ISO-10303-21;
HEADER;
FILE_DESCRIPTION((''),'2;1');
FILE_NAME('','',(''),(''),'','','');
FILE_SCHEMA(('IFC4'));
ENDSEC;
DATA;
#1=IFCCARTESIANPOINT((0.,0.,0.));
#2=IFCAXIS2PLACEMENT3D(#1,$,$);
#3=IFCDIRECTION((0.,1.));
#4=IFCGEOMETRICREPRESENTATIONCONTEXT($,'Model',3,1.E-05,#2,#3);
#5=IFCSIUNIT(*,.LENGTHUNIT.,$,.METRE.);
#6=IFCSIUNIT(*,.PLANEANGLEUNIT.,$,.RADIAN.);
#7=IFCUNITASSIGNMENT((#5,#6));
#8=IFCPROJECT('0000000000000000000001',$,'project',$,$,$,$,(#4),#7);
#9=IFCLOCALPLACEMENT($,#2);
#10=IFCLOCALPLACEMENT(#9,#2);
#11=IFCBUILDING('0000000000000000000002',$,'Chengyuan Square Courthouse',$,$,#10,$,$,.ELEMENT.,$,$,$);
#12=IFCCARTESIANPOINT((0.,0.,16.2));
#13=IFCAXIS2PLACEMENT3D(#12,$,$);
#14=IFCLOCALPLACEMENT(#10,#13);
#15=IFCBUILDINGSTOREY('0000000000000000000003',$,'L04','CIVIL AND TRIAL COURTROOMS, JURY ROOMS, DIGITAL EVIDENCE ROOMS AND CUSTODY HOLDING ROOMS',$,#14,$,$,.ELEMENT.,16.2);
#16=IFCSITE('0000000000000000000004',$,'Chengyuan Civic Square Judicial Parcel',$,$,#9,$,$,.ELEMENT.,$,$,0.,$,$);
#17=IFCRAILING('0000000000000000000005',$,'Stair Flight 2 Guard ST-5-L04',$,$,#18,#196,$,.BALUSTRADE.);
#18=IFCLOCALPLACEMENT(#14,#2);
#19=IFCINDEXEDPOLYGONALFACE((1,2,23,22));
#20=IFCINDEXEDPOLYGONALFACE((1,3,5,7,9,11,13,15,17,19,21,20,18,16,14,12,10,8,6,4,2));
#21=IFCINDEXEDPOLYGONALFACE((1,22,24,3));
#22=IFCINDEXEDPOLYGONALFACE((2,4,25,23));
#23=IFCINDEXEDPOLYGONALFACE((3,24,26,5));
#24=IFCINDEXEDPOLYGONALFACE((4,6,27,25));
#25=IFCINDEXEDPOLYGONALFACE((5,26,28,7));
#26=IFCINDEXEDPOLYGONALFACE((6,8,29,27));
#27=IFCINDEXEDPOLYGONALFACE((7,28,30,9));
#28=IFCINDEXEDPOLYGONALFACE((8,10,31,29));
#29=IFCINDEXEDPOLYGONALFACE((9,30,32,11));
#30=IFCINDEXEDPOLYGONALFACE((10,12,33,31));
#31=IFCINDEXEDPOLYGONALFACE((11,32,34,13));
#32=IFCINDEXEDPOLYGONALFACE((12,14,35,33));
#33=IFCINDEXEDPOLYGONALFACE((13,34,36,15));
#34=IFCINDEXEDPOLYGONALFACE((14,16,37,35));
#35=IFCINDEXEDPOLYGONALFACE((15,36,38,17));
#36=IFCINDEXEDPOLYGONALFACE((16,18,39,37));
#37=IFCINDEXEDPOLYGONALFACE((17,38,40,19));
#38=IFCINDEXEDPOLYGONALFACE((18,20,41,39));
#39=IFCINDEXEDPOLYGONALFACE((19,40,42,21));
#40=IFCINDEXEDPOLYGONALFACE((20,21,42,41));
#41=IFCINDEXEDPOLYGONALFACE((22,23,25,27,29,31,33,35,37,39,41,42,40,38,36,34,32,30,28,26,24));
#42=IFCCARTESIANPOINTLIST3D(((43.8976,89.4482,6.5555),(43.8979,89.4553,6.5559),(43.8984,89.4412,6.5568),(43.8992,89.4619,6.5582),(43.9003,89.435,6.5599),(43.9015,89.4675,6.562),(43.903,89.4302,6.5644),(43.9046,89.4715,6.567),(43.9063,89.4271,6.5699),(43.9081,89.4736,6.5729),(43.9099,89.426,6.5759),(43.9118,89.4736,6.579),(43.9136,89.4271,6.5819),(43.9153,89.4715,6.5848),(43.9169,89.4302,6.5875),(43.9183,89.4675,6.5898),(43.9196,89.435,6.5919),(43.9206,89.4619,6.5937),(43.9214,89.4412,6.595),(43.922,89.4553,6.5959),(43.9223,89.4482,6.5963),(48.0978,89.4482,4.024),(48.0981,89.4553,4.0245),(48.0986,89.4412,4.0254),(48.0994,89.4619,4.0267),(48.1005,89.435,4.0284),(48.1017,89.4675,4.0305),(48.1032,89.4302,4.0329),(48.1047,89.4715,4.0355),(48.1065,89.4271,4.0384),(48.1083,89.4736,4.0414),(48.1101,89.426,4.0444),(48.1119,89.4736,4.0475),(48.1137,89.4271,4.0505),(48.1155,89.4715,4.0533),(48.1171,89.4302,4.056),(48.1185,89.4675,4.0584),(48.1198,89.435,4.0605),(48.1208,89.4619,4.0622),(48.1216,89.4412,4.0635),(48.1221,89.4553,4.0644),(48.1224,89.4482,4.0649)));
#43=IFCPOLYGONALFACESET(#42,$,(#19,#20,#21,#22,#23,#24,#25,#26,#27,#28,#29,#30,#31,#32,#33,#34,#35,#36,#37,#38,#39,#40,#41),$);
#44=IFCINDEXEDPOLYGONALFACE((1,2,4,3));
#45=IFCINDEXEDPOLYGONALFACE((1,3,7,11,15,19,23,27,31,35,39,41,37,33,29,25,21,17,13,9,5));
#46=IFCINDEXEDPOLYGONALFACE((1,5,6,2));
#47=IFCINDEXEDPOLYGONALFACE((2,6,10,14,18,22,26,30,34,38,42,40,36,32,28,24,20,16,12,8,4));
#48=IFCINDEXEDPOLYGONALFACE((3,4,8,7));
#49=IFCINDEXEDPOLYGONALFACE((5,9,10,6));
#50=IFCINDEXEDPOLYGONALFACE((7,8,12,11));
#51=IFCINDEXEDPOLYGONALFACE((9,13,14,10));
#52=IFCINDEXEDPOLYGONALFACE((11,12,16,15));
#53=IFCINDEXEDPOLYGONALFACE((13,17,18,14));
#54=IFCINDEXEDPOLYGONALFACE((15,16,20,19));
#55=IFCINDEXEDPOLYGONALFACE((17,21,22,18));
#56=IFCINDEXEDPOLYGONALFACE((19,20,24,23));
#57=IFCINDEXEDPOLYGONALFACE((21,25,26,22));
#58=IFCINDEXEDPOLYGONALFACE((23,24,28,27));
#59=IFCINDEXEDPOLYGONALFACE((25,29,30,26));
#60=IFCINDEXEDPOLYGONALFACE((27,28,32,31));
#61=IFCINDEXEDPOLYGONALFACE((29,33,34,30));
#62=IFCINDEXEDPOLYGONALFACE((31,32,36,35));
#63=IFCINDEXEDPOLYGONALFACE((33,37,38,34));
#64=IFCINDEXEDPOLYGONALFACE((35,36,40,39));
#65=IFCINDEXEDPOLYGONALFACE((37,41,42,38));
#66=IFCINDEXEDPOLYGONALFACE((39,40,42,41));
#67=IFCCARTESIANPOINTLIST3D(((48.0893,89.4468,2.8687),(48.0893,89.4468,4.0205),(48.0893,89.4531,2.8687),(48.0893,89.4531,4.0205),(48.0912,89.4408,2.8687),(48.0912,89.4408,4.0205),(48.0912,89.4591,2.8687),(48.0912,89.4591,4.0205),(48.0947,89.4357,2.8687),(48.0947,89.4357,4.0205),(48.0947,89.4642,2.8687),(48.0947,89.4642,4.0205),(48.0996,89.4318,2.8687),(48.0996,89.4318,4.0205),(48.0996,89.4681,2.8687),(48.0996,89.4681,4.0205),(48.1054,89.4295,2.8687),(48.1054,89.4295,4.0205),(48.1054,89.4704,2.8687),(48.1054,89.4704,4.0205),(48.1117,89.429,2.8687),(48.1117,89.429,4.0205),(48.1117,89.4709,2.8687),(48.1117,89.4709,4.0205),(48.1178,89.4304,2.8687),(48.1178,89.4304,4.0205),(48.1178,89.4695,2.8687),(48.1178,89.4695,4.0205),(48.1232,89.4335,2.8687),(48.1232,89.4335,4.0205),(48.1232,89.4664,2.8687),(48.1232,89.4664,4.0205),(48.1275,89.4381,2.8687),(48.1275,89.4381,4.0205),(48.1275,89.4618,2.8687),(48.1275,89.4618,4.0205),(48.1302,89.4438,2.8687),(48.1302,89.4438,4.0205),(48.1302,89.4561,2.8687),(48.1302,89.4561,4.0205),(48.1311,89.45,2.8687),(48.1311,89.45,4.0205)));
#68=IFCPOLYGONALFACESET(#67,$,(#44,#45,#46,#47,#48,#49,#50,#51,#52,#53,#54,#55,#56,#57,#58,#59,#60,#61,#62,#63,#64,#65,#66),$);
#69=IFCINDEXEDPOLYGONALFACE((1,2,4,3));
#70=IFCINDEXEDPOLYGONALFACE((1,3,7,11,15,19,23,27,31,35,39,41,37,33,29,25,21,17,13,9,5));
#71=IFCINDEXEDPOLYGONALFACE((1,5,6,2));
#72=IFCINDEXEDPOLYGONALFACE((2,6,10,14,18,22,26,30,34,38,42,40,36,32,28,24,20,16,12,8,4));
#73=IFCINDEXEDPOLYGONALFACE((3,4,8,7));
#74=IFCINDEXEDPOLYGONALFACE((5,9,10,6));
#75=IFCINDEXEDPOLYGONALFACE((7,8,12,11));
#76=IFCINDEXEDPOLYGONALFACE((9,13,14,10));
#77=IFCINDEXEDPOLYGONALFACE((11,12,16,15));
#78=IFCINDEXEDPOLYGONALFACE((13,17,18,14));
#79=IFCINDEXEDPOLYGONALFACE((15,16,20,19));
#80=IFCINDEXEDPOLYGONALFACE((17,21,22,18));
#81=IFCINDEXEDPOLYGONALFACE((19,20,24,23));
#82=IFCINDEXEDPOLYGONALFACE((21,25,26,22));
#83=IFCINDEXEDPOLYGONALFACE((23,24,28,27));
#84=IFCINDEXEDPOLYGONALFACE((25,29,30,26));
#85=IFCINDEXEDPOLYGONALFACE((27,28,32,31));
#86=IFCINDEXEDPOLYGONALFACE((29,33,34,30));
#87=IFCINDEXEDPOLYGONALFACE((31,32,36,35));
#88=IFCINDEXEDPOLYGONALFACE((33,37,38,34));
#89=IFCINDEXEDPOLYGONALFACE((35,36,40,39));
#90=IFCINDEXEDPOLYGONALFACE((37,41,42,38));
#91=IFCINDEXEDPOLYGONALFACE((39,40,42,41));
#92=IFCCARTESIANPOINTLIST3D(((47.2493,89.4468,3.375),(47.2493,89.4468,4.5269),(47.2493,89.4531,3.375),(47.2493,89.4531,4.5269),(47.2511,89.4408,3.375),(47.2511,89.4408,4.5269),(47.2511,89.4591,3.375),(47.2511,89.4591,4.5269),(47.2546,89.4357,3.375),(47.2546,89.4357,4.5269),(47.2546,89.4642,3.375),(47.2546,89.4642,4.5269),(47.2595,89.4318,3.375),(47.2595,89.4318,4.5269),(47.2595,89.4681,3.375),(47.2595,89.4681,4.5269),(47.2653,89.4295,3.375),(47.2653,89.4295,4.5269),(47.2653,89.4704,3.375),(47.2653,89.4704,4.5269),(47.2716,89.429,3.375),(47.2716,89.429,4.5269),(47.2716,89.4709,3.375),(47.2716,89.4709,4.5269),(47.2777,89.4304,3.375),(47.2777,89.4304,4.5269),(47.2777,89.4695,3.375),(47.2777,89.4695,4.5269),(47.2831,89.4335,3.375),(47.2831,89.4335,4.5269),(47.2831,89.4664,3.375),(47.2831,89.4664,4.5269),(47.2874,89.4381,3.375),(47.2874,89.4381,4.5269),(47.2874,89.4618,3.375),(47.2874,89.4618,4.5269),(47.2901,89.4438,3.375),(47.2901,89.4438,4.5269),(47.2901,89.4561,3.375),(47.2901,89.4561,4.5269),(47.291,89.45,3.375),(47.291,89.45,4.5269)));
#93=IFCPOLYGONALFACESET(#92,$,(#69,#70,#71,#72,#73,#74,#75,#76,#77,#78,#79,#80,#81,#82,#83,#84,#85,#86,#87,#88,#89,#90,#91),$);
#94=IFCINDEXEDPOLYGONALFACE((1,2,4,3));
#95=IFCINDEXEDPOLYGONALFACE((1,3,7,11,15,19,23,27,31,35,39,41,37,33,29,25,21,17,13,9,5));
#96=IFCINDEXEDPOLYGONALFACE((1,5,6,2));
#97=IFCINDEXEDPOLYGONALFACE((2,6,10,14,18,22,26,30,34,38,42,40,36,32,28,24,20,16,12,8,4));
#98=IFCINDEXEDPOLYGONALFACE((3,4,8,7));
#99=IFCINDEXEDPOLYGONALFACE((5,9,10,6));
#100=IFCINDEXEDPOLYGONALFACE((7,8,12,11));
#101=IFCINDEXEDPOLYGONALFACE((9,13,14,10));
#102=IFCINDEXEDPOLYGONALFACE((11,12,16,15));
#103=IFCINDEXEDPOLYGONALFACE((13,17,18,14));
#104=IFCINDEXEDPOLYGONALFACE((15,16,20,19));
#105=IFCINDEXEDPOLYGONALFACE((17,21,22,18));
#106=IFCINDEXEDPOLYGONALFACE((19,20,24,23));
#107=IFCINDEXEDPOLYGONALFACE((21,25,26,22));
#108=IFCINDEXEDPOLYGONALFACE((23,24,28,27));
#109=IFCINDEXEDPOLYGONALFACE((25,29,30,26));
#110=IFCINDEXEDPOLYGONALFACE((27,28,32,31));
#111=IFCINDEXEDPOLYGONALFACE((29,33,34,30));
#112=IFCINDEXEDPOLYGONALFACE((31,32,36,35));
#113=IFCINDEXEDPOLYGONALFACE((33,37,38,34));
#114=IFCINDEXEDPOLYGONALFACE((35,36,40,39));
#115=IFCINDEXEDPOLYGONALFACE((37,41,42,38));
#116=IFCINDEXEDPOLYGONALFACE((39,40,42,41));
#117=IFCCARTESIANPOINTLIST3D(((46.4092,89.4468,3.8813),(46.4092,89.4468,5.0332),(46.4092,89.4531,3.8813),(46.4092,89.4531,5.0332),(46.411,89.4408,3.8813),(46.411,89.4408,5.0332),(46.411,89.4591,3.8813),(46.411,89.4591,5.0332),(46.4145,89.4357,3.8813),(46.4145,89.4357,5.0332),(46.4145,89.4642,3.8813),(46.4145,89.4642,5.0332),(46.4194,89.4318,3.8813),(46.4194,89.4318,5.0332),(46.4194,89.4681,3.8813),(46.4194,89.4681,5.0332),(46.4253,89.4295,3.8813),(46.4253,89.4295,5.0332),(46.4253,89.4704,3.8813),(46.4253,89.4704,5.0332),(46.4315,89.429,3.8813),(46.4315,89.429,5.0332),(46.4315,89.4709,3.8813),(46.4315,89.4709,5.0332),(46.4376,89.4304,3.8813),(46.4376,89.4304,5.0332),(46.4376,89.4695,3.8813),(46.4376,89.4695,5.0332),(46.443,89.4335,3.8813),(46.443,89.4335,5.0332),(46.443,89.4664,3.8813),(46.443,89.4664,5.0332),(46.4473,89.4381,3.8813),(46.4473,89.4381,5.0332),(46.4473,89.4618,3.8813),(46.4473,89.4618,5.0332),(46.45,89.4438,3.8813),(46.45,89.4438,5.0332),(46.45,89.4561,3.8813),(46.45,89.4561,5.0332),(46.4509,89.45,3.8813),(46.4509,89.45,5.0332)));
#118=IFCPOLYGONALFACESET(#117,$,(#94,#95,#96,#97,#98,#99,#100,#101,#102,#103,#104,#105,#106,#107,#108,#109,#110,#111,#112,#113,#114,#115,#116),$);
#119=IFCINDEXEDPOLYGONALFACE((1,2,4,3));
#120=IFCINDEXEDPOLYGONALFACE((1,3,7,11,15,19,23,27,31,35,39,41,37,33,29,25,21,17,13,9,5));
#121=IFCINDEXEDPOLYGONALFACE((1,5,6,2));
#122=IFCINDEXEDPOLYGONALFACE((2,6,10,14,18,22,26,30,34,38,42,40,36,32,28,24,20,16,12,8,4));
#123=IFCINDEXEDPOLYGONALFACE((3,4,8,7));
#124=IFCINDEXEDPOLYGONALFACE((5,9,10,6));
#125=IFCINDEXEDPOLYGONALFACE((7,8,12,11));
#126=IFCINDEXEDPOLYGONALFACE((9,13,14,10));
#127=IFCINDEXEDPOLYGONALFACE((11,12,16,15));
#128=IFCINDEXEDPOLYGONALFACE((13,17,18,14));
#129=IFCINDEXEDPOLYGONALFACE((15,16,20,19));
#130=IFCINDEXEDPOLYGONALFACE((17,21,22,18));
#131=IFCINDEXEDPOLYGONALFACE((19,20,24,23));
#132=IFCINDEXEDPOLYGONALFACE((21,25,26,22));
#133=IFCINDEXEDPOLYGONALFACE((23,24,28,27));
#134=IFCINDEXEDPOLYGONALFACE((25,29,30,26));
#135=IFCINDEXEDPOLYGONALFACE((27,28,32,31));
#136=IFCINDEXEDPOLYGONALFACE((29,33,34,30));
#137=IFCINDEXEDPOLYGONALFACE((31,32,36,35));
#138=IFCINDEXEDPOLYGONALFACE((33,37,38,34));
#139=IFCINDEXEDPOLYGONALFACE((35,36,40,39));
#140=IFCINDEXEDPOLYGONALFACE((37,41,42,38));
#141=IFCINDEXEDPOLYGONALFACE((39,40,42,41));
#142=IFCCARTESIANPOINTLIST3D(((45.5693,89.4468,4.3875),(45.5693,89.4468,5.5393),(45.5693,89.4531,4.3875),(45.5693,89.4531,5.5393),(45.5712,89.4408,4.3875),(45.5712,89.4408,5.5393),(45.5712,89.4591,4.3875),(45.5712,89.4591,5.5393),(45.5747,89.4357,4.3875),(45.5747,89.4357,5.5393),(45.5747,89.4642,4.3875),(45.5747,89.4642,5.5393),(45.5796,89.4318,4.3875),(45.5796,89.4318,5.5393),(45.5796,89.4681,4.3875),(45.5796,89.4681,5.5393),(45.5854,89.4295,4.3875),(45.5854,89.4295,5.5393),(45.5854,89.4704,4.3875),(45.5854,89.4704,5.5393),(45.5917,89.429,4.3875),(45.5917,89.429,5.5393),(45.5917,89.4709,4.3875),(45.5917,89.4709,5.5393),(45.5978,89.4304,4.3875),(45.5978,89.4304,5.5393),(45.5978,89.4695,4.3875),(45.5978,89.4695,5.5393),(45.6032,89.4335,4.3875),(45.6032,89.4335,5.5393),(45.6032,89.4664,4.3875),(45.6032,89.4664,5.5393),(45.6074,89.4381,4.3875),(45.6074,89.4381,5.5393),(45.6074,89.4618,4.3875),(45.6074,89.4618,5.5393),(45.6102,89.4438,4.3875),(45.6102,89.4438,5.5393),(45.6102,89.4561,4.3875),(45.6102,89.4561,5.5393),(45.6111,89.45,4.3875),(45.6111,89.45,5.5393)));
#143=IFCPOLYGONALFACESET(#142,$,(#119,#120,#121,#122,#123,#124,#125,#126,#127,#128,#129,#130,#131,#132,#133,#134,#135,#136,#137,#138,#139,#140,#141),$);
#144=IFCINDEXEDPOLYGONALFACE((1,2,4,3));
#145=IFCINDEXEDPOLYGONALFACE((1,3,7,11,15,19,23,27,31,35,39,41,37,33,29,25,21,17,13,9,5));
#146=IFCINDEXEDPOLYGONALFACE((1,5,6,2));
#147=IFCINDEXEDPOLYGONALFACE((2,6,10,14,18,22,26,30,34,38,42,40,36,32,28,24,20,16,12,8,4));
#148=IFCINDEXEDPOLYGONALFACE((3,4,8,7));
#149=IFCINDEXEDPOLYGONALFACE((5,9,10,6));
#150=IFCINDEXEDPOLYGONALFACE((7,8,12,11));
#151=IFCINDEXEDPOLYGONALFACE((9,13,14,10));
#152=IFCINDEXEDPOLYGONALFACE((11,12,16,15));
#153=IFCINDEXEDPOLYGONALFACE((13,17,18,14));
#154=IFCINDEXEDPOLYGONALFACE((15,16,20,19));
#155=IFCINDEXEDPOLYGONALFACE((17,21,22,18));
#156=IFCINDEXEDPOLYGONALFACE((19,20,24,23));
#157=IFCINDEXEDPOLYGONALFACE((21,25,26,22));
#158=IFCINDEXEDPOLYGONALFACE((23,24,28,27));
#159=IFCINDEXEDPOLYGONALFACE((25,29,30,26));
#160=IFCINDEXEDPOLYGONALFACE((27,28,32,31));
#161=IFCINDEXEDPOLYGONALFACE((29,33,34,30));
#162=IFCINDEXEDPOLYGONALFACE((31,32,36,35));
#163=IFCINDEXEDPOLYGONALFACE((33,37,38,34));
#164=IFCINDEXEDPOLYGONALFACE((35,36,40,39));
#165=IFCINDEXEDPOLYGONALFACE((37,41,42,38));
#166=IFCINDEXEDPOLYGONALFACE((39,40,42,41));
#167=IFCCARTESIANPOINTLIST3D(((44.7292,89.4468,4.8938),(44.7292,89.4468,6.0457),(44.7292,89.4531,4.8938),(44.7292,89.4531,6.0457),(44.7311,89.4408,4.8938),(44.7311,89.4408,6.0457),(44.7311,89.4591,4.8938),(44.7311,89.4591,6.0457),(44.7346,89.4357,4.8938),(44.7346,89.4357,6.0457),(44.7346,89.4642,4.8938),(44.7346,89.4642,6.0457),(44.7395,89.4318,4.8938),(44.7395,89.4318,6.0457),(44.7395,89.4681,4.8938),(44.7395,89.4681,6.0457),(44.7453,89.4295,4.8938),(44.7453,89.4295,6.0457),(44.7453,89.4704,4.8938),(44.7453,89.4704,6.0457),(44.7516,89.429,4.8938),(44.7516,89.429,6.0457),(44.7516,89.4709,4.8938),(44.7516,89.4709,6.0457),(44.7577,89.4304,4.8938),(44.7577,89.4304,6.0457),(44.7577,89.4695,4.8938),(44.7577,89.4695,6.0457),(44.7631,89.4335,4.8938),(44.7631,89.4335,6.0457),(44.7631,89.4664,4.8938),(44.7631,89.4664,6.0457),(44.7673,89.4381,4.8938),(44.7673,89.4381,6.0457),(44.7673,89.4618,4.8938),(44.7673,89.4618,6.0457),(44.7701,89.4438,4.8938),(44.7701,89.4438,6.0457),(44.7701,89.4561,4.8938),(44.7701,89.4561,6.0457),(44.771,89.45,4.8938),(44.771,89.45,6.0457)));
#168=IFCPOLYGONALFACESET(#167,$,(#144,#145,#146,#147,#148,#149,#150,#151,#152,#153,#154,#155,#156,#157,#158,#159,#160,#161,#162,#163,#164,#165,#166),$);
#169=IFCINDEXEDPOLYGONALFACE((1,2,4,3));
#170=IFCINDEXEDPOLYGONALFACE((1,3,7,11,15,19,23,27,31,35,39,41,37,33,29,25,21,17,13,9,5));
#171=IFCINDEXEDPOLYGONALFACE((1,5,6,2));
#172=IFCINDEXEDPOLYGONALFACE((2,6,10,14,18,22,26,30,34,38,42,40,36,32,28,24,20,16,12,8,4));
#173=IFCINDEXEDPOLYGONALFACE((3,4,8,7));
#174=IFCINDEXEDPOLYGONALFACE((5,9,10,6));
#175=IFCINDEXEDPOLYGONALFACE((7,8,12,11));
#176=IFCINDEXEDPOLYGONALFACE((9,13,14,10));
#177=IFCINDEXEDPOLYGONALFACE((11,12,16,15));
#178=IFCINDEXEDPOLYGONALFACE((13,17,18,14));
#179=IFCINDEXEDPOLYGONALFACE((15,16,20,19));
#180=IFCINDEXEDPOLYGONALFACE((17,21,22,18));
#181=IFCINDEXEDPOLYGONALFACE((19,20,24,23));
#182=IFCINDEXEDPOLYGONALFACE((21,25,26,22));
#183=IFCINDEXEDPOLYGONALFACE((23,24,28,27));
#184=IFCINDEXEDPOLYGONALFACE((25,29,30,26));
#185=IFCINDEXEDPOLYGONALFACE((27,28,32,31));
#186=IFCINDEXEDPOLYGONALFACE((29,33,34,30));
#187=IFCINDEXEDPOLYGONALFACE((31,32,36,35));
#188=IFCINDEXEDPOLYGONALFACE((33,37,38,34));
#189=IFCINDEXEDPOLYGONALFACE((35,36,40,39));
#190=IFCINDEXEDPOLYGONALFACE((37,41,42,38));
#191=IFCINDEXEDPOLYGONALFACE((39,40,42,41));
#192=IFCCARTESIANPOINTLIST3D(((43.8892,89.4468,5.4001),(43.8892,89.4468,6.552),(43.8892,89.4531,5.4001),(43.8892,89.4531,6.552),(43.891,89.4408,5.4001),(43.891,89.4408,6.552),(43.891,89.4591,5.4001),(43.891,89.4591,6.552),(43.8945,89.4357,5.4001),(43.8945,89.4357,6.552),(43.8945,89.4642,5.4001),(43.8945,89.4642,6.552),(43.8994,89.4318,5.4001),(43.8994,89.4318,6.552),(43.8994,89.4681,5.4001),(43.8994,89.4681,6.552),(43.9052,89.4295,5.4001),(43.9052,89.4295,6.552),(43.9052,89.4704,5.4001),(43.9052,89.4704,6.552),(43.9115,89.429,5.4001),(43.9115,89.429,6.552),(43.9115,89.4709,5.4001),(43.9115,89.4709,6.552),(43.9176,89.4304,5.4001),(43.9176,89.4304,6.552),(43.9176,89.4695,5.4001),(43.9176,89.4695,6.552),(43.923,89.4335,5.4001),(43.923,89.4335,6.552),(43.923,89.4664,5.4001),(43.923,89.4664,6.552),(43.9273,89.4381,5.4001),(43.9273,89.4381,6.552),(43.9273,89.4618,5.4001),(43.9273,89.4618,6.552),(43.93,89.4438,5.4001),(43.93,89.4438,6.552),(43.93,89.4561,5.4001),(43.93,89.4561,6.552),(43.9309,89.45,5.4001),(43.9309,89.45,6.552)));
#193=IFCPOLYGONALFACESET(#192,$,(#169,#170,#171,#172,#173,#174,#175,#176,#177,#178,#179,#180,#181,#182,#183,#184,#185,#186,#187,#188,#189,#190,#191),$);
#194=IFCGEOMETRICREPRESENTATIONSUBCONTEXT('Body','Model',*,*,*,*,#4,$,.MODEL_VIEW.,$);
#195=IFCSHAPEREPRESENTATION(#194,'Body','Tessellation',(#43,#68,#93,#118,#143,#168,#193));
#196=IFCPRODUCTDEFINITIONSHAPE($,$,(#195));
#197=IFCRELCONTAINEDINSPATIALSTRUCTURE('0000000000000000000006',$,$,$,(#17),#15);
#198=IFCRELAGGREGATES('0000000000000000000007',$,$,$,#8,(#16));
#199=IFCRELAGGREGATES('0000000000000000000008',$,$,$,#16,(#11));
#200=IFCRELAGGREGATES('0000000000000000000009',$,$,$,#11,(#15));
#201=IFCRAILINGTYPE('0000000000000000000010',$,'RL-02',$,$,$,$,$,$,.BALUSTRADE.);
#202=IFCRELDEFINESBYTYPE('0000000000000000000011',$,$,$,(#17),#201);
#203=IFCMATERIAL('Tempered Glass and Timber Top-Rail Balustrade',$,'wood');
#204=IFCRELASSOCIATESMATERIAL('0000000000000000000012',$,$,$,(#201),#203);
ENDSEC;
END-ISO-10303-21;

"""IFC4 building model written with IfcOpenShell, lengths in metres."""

from ifc_helpers import new_model, si_unit, direction, frame, origin, origin_2d, place, context, subcontext, project, spatial, circle, extrude, material, type_object, element, save


model = new_model("IFC4")

# Units and contexts
model_context = context("Model", 3, precision=1e-05, world=origin(), true_north=direction((0.0, 1.0)))
body_context = subcontext(model_context, "Body", "Model", "MODEL_VIEW")
ifc_project = project(units=[si_unit("LENGTHUNIT", "METRE"), si_unit("PLANEANGLEUNIT", "RADIAN")], contexts=[model_context])

# Site, building, storey
site_placement = place(None, origin())
site = spatial("IfcSite", under=ifc_project, at=site_placement, Name="Chengyuan Civic Square Judicial Parcel", CompositionType="ELEMENT", RefElevation=0.0)
building_placement = place(site_placement, origin())
building = spatial("IfcBuilding", under=site, at=building_placement, Name="Chengyuan Square Courthouse", CompositionType="ELEMENT")
storey_placement = place(building_placement, frame((0.0, 0.0, 16.2)))
storey = spatial("IfcBuildingStorey", under=building, at=storey_placement, Name="L04", Description="CIVIL AND TRIAL COURTROOMS, JURY ROOMS, DIGITAL EVIDENCE ROOMS AND CUSTODY HOLDING ROOMS", CompositionType="ELEMENT", Elevation=16.2)

# Railing
ifc_material_1 = material(Name="Tempered Glass and Timber Top-Rail Balustrade", Category="wood")
railing_type_1 = type_object("IfcRailingType", Name="RL-02", PredefinedType="BALUSTRADE", material=ifc_material_1)
railing_1_placement = place(storey_placement, frame((48.1101, 89.45, 2.8687)))
element("IfcRailing", 1, at=railing_1_placement, inside=storey, type_object=railing_type_1, Name="Stair Flight 2 Guard ST-5-L04", PredefinedType="BALUSTRADE", context=body_context, shape_type="SweptSolid", body=[
    extrude(circle(Radius=0.0239, at=origin_2d()), frame((0.0, 0.0, 1.1758), z_axis=(-0.856468, 0.0, 0.516201), x_axis=(0.0, -1.0, 0.0)), (0.0, 0.0, 1.0), 4.9041),
    extrude(circle(Radius=0.021, at=origin_2d()), origin(), (0.0, 0.0, 1.0), 1.1519),
    extrude(circle(Radius=0.021, at=origin_2d()), frame((-0.8401, 0.0, 0.5063)), (0.0, 0.0, 1.0), 1.1519),
    extrude(circle(Radius=0.021, at=origin_2d()), frame((-1.6802, 0.0, 1.0127)), (0.0, 0.0, 1.0), 1.1519),
    extrude(circle(Radius=0.021, at=origin_2d()), frame((-2.52, 0.0, 1.5188)), (0.0, 0.0, 1.0), 1.1519),
    extrude(circle(Radius=0.021, at=origin_2d()), frame((-3.3601, 0.0, 2.0251)), (0.0, 0.0, 1.0), 1.1519),
    extrude(circle(Radius=0.021, at=origin_2d()), frame((-4.2002, 0.0, 2.5315)), (0.0, 0.0, 1.0), 1.1519),
])

save(model, "model.ifc")
